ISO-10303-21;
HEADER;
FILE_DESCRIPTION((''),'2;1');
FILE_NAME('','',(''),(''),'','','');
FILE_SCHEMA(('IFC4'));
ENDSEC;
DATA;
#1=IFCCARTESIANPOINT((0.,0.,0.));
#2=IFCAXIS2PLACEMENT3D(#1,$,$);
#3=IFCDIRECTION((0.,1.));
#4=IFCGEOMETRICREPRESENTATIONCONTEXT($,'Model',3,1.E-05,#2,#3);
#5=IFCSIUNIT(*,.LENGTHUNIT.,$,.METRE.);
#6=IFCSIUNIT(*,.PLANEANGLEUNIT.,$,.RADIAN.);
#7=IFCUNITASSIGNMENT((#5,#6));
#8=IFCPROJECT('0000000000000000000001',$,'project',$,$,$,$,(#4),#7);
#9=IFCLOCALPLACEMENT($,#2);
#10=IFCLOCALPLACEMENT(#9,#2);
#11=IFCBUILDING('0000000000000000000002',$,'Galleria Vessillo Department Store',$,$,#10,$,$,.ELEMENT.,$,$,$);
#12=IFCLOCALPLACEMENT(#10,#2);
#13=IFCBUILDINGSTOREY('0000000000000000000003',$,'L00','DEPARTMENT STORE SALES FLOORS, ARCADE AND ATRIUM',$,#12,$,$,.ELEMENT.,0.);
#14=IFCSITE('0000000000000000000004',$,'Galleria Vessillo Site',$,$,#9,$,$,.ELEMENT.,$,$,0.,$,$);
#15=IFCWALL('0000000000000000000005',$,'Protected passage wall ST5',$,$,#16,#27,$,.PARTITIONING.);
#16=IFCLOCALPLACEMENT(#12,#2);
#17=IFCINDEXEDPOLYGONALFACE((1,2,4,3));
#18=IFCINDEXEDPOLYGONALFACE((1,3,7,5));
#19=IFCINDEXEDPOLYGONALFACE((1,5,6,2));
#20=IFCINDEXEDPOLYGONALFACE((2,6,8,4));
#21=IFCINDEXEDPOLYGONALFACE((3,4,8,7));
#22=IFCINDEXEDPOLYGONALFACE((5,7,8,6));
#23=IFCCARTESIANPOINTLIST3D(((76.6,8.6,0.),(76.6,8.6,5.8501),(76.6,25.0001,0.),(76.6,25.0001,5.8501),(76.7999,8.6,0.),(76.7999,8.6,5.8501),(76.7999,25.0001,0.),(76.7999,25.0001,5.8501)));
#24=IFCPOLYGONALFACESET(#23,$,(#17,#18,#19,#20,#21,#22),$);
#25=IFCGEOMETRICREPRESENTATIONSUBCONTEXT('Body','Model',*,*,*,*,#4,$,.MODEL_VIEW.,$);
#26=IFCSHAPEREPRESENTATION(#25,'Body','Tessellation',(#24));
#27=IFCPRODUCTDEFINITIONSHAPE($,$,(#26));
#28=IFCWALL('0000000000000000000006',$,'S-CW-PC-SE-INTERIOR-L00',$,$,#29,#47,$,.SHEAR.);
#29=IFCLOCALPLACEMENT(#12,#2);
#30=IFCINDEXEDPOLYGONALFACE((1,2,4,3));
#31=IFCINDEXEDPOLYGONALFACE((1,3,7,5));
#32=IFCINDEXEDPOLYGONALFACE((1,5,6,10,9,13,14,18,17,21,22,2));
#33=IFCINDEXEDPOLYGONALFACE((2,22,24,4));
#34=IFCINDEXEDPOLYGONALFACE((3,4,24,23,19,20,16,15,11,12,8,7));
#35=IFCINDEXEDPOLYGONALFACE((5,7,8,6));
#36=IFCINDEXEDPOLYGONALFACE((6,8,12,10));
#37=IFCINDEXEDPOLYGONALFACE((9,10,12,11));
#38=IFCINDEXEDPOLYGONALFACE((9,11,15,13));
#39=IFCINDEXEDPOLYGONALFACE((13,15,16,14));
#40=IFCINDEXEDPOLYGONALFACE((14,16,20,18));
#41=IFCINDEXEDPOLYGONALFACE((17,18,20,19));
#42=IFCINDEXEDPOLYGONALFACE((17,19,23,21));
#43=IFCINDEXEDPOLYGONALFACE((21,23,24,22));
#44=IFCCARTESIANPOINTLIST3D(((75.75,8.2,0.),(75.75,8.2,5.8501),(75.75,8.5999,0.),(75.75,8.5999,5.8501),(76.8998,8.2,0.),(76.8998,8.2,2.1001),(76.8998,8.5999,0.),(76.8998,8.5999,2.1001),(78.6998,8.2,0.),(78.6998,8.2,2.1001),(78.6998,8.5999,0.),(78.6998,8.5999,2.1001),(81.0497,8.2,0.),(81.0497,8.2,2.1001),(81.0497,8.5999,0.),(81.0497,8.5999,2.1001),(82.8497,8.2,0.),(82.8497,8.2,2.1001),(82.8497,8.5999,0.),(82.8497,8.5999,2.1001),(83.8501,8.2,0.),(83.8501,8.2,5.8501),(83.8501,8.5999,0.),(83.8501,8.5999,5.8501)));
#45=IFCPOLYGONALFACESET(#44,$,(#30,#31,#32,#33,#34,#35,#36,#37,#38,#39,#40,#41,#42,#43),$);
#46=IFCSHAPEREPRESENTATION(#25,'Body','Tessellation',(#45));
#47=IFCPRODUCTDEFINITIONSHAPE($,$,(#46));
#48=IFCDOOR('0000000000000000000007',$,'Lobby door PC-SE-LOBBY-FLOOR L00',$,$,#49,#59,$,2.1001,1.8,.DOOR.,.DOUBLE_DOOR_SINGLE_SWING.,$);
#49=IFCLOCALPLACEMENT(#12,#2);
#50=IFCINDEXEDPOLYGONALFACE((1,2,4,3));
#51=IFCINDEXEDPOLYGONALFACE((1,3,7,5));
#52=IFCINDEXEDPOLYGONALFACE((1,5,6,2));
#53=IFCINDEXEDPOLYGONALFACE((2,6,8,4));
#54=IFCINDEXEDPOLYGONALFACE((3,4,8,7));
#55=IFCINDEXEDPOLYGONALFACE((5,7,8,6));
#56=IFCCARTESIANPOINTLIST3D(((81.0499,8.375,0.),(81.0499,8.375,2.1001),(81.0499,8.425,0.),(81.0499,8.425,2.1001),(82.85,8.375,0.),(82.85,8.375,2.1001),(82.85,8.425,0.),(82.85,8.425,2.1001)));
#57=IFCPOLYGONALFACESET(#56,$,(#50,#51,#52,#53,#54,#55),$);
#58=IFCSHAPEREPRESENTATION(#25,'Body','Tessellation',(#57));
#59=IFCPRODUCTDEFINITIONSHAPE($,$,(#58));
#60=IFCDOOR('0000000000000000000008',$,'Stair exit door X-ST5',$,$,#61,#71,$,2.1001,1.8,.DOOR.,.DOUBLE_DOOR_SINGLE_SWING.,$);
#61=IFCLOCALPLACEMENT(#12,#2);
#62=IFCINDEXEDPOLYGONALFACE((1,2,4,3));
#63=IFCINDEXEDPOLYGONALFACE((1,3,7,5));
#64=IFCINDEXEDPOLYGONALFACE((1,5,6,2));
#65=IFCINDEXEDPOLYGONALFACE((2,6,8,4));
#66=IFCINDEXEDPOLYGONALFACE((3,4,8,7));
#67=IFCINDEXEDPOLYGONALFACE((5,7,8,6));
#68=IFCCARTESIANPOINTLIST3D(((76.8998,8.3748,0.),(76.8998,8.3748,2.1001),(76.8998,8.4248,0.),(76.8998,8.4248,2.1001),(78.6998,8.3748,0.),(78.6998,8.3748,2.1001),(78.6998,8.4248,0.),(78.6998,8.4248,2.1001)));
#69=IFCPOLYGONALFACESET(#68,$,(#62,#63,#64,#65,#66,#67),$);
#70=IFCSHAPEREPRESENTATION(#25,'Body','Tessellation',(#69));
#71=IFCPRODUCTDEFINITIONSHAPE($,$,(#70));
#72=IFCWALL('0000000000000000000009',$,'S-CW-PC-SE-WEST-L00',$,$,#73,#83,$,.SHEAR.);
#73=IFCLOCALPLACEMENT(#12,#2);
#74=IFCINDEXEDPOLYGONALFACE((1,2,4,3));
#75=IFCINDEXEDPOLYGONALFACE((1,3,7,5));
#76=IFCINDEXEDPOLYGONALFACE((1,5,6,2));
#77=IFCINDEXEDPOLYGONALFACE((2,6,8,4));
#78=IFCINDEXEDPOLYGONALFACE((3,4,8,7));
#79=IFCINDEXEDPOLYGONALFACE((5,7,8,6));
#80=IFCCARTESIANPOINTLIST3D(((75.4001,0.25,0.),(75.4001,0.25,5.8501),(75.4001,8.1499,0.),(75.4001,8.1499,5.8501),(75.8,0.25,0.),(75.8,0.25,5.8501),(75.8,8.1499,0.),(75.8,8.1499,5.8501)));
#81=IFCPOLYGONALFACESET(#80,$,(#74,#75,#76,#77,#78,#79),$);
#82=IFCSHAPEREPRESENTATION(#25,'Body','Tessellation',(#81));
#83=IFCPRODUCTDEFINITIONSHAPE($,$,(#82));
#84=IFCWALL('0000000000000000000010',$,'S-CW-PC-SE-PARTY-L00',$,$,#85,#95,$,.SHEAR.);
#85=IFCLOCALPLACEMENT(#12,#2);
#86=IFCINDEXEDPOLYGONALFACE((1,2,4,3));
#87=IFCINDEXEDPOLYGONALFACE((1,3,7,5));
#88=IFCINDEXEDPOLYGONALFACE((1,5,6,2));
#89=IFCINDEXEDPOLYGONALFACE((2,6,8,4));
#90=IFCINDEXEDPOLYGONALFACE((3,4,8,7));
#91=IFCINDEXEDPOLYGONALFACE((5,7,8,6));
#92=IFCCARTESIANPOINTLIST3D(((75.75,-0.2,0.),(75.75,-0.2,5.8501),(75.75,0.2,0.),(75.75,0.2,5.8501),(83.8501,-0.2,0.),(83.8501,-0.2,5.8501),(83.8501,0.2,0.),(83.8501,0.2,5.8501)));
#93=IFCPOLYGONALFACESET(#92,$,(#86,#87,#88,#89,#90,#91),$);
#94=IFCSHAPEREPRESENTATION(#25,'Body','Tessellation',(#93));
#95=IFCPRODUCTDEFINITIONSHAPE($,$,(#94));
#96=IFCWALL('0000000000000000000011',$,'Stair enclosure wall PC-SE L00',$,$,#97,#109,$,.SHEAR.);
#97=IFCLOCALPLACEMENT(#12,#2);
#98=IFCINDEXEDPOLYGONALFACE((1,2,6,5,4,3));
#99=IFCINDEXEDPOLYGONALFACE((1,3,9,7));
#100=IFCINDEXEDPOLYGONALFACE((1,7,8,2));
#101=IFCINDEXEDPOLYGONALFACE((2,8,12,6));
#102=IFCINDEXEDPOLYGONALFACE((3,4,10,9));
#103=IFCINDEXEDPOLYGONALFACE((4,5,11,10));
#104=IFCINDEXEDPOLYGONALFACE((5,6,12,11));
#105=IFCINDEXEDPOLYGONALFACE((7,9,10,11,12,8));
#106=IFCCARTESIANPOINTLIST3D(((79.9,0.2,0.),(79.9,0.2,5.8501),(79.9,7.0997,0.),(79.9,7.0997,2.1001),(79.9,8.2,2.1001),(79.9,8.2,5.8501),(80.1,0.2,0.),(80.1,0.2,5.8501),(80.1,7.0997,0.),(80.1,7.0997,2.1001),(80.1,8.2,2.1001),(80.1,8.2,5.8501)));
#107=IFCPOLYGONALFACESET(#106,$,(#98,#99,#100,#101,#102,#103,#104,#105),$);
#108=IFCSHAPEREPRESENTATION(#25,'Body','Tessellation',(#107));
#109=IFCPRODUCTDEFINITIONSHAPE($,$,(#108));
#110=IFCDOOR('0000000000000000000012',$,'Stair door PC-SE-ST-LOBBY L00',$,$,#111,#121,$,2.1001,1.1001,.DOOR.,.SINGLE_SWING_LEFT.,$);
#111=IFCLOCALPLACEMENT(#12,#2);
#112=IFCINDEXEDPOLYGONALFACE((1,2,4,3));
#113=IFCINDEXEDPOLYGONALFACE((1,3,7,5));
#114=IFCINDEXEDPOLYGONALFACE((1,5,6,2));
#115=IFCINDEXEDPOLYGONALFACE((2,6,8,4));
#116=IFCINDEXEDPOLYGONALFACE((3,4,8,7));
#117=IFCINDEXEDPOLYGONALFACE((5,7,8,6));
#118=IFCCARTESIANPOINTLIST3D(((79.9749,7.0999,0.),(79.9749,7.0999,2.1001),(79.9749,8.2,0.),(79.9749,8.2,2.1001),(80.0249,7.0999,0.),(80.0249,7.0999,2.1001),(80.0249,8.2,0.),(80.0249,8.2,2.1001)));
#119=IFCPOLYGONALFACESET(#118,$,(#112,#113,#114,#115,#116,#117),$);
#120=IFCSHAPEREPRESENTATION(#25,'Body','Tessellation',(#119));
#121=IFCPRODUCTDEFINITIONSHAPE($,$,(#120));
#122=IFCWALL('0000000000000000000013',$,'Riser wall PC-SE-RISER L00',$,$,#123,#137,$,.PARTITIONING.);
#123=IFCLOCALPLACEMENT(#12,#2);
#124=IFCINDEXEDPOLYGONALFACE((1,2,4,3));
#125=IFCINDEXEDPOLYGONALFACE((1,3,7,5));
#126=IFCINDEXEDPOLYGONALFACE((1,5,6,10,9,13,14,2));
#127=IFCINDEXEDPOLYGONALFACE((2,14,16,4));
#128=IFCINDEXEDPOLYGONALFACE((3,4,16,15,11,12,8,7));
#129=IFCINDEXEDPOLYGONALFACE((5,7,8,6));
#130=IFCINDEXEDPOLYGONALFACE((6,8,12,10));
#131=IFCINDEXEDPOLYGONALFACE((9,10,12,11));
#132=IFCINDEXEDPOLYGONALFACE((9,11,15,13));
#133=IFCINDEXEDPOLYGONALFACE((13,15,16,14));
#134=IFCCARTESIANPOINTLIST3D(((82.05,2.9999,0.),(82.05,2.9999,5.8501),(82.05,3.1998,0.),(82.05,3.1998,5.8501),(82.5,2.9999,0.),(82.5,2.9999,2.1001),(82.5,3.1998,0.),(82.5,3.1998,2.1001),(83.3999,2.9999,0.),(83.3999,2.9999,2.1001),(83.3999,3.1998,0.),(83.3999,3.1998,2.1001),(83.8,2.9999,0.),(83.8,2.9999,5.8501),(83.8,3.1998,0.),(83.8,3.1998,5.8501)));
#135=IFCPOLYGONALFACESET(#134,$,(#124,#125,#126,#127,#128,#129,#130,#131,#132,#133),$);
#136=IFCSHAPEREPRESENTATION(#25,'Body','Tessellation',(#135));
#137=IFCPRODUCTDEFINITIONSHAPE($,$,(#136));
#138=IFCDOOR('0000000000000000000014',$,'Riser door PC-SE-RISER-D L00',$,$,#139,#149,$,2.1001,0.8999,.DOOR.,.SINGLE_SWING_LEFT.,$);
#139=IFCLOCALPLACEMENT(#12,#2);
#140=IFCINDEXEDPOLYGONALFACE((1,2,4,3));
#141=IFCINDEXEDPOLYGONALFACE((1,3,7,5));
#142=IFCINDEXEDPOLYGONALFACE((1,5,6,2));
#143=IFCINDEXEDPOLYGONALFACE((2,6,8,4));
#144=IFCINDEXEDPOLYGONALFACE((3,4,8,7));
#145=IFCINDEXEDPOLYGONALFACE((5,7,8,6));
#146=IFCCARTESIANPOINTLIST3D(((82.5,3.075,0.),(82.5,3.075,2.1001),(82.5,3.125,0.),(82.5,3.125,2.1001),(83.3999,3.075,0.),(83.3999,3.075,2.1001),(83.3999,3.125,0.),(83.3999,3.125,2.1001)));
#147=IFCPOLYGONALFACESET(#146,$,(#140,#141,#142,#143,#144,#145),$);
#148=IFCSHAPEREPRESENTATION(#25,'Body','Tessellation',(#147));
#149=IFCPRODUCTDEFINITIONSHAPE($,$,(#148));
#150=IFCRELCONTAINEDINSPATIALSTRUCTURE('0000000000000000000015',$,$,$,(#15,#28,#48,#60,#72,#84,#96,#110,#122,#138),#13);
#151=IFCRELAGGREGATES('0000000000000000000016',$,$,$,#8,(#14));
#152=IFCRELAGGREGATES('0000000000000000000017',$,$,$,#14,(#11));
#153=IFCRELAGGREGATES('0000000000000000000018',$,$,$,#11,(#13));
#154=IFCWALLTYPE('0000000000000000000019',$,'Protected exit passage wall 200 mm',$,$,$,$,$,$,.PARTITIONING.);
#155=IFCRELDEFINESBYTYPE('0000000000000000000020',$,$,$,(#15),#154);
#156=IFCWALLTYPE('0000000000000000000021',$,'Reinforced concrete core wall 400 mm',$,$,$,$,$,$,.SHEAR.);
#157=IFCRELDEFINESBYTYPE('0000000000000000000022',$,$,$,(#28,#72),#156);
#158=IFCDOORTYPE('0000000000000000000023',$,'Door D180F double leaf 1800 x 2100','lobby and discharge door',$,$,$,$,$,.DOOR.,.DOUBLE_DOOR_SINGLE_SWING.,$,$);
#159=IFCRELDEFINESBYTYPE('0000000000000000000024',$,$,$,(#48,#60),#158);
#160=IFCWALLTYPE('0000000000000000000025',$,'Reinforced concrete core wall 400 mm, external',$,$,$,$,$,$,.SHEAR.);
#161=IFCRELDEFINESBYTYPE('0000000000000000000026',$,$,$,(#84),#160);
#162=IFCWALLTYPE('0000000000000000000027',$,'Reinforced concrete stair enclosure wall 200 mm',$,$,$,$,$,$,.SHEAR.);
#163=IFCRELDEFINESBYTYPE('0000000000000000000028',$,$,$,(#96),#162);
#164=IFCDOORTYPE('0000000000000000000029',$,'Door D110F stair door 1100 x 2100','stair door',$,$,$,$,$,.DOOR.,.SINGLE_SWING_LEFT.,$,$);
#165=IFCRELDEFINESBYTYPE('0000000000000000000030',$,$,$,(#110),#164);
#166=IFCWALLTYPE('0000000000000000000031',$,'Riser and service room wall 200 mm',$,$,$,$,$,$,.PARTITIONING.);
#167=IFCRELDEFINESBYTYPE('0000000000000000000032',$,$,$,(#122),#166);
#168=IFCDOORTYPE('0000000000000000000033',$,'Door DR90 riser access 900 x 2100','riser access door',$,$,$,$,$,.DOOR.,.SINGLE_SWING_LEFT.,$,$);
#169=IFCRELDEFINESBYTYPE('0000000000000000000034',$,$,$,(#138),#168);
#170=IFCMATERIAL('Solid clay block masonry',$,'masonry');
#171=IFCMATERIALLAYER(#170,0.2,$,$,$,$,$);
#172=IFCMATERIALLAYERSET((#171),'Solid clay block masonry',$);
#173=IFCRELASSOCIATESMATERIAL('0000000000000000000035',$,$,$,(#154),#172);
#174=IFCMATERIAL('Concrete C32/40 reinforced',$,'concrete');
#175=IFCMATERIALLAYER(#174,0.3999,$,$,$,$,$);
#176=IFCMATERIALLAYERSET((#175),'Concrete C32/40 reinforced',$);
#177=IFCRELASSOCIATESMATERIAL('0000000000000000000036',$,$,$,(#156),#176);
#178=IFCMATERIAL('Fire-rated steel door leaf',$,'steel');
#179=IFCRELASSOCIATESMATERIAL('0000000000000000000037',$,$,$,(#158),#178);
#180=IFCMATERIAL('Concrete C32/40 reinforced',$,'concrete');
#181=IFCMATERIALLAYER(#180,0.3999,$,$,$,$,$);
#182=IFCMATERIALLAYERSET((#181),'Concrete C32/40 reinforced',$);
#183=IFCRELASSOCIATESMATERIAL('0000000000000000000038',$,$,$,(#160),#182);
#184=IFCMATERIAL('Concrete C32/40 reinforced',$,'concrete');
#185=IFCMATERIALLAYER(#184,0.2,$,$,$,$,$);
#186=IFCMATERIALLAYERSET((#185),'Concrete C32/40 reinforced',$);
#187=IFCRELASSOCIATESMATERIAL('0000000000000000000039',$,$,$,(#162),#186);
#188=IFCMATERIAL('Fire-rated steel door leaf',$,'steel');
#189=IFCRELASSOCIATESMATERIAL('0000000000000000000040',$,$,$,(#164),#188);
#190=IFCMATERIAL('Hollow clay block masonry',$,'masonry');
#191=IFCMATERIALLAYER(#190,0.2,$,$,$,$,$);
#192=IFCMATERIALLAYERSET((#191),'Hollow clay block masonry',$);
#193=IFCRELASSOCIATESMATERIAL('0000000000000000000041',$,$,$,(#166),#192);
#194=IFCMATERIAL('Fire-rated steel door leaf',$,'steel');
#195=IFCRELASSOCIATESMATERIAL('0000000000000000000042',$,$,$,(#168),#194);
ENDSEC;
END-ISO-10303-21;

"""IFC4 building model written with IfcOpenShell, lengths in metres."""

from ifc_helpers import new_model, si_unit, direction, frame, frame_2d, origin, place, context, subcontext, project, spatial, rectangle, extrude, material, layer, layer_set, type_object, element, fill, save


model = new_model("IFC4")

# Units and contexts
model_context = context("Model", 3, precision=1e-05, world=origin(), true_north=direction((0.0, 1.0)))
body_context = subcontext(model_context, "Body", "Model", "MODEL_VIEW")
ifc_project = project(units=[si_unit("LENGTHUNIT", "METRE"), si_unit("PLANEANGLEUNIT", "RADIAN")], contexts=[model_context])

# Site, building, storey
site_placement = place(None, origin())
site = spatial("IfcSite", under=ifc_project, at=site_placement, Name="Galleria Vessillo Site", CompositionType="ELEMENT", RefElevation=0.0)
building_placement = place(site_placement, origin())
building = spatial("IfcBuilding", under=site, at=building_placement, Name="Galleria Vessillo Department Store", CompositionType="ELEMENT")
storey_placement = place(building_placement, origin())
storey = spatial("IfcBuildingStorey", under=building, at=storey_placement, Name="L00", Description="DEPARTMENT STORE SALES FLOORS, ARCADE AND ATRIUM", CompositionType="ELEMENT", Elevation=0.0)

# Wall
ifc_material_1 = material(Name="Solid clay block masonry", Category="masonry")
ifc_layer_1 = layer(ifc_material_1, 0.2)
ifc_layer_set_1 = layer_set([ifc_layer_1], Name="Solid clay block masonry")
wall_type_1 = type_object("IfcWallType", Name="Protected exit passage wall 200 mm", PredefinedType="PARTITIONING", material=ifc_layer_set_1)
wall_1_placement = place(storey_placement, frame((76.7, 8.5999, 0.0), z_axis=(0.0, 0.0, 1.0), x_axis=(0.0, 1.0, 0.0)))
element("IfcWall", 1, at=wall_1_placement, inside=storey, type_object=wall_type_1, Name="Protected passage wall ST5", PredefinedType="PARTITIONING", context=body_context, shape_type="SweptSolid", body=[
    extrude(rectangle(XDim=16.4001, YDim=0.2, at=frame_2d((8.2002, 0.0))), origin(), (0.0, 0.0, 1.0), 5.8501),
])

# Wall, openings, doors
ifc_material_2 = material(Name="Concrete C32/40 reinforced", Category="concrete")
ifc_layer_2 = layer(ifc_material_2, 0.3999)
ifc_layer_set_2 = layer_set([ifc_layer_2], Name="Concrete C32/40 reinforced")
wall_type_2 = type_object("IfcWallType", Name="Reinforced concrete core wall 400 mm", PredefinedType="SHEAR", material=ifc_layer_set_2)
wall_2_placement = place(storey_placement, frame((75.75, 8.3999, 0.0), z_axis=(0.0, 0.0, 1.0), x_axis=(1.0, 0.0, 0.0)))
wall_2 = element("IfcWall", 2, at=wall_2_placement, inside=storey, type_object=wall_type_2, Name="S-CW-PC-SE-INTERIOR-L00", PredefinedType="SHEAR", context=body_context, shape_type="SweptSolid", body=[
    extrude(rectangle(XDim=8.1001, YDim=0.3999, at=frame_2d((4.05, 0.0))), origin(), (0.0, 0.0, 1.0), 5.8501),
])
opening_1_placement = place(wall_2_placement, frame((5.2998, 0.0, 0.0)))
opening_1 = element("IfcOpeningElement", 3, at=opening_1_placement, cuts=wall_2, PredefinedType="OPENING", context=body_context, shape_type="SweptSolid", body=[
    extrude(rectangle(XDim=1.8, YDim=2.1001, at=frame_2d((0.8999, 1.05))), frame((0.0, 0.21, 0.0), z_axis=(0.0, -1.0, 0.0), x_axis=(1.0, 0.0, 0.0)), (0.0, 0.0, 1.0), 0.4199),
])
opening_2_placement = place(wall_2_placement, frame((1.1499, 0.0, 0.0)))
opening_2 = element("IfcOpeningElement", 4, at=opening_2_placement, cuts=wall_2, PredefinedType="OPENING", context=body_context, shape_type="SweptSolid", body=[
    extrude(rectangle(XDim=1.8, YDim=2.1001, at=frame_2d((0.8999, 1.05))), frame((0.0, 0.21, 0.0), z_axis=(0.0, -1.0, 0.0), x_axis=(1.0, 0.0, 0.0)), (0.0, 0.0, 1.0), 0.4199),
])
ifc_material_3 = material(Name="Fire-rated steel door leaf", Category="steel")
door_type_1 = type_object("IfcDoorType", Name="Door D180F double leaf 1800 x 2100", Description="lobby and discharge door", OperationType="DOUBLE_DOOR_SINGLE_SWING", PredefinedType="DOOR", material=ifc_material_3)
door_1_placement = place(opening_1_placement, frame((1.8, 0.0, 0.0), z_axis=(0.0, 0.0, 1.0), x_axis=(-1.0, 0.0, 0.0)))
door_1 = element("IfcDoor", 5, at=door_1_placement, inside=storey, type_object=door_type_1, Name="Lobby door PC-SE-LOBBY-FLOOR L00", OperationType="DOUBLE_DOOR_SINGLE_SWING", OverallHeight=2.1001, OverallWidth=1.8, PredefinedType="DOOR", context=body_context, shape_type="SweptSolid", body=[
    extrude(rectangle(XDim=1.8, YDim=2.1001, at=frame_2d((0.8999, 1.05))), frame((0.0, 0.0249, 0.0), z_axis=(0.0, -1.0, 0.0), x_axis=(1.0, 0.0, 0.0)), (0.0, 0.0, 1.0), 0.05),
])
fill(opening_1, door_1)
door_2_placement = place(opening_2_placement, origin())
door_2 = element("IfcDoor", 6, at=door_2_placement, inside=storey, type_object=door_type_1, Name="Stair exit door X-ST5", OperationType="DOUBLE_DOOR_SINGLE_SWING", OverallHeight=2.1001, OverallWidth=1.8, PredefinedType="DOOR", context=body_context, shape_type="SweptSolid", body=[
    extrude(rectangle(XDim=1.8, YDim=2.1001, at=frame_2d((0.8999, 1.05))), frame((0.0, 0.0249, 0.0), z_axis=(0.0, -1.0, 0.0), x_axis=(1.0, 0.0, 0.0)), (0.0, 0.0, 1.0), 0.05),
])
fill(opening_2, door_2)

# Walls
wall_3_placement = place(storey_placement, frame((75.6001, 0.25, 0.0), z_axis=(0.0, 0.0, 1.0), x_axis=(0.0, 1.0, 0.0)))
element("IfcWall", 7, at=wall_3_placement, inside=storey, type_object=wall_type_2, Name="S-CW-PC-SE-WEST-L00", PredefinedType="SHEAR", context=body_context, shape_type="SweptSolid", body=[
    extrude(rectangle(XDim=7.8999, YDim=0.3999, at=frame_2d((3.95, 0.0))), origin(), (0.0, 0.0, 1.0), 5.8501),
])
ifc_material_4 = material(Name="Concrete C32/40 reinforced", Category="concrete")
ifc_layer_3 = layer(ifc_material_4, 0.3999)
ifc_layer_set_3 = layer_set([ifc_layer_3], Name="Concrete C32/40 reinforced")
wall_type_3 = type_object("IfcWallType", Name="Reinforced concrete core wall 400 mm, external", PredefinedType="SHEAR", material=ifc_layer_set_3)
wall_4_placement = place(storey_placement, frame((75.75, 0.0, 0.0), z_axis=(0.0, 0.0, 1.0), x_axis=(1.0, 0.0, 0.0)))
element("IfcWall", 8, at=wall_4_placement, inside=storey, type_object=wall_type_3, Name="S-CW-PC-SE-PARTY-L00", PredefinedType="SHEAR", context=body_context, shape_type="SweptSolid", body=[
    extrude(rectangle(XDim=8.1001, YDim=0.3999, at=frame_2d((4.05, 0.0))), origin(), (0.0, 0.0, 1.0), 5.8501),
])

# Walls, openings, doors
ifc_material_5 = material(Name="Concrete C32/40 reinforced", Category="concrete")
ifc_layer_4 = layer(ifc_material_5, 0.2)
ifc_layer_set_4 = layer_set([ifc_layer_4], Name="Concrete C32/40 reinforced")
wall_type_4 = type_object("IfcWallType", Name="Reinforced concrete stair enclosure wall 200 mm", PredefinedType="SHEAR", material=ifc_layer_set_4)
wall_5_placement = place(storey_placement, frame((80.0, 0.2, 0.0), z_axis=(0.0, 0.0, 1.0), x_axis=(0.0, 1.0, 0.0)))
wall_5 = element("IfcWall", 9, at=wall_5_placement, inside=storey, type_object=wall_type_4, Name="Stair enclosure wall PC-SE L00", PredefinedType="SHEAR", context=body_context, shape_type="SweptSolid", body=[
    extrude(rectangle(XDim=8.0, YDim=0.2, at=frame_2d((4.0, 0.0))), origin(), (0.0, 0.0, 1.0), 5.8501),
])
opening_3_placement = place(wall_5_placement, frame((6.8999, 0.0, 0.0)))
opening_3 = element("IfcOpeningElement", 10, at=opening_3_placement, cuts=wall_5, PredefinedType="OPENING", context=body_context, shape_type="SweptSolid", body=[
    extrude(rectangle(XDim=1.1101, YDim=2.1001, at=frame_2d((0.5549, 1.05))), frame((0.0, 0.1099, 0.0), z_axis=(0.0, -1.0, 0.0), x_axis=(1.0, 0.0, 0.0)), (0.0, 0.0, 1.0), 0.22),
])
ifc_material_6 = material(Name="Fire-rated steel door leaf", Category="steel")
door_type_2 = type_object("IfcDoorType", Name="Door D110F stair door 1100 x 2100", Description="stair door", OperationType="SINGLE_SWING_LEFT", PredefinedType="DOOR", material=ifc_material_6)
door_3_placement = place(opening_3_placement, frame((1.1001, 0.0, 0.0), z_axis=(0.0, 0.0, 1.0), x_axis=(-1.0, 0.0, 0.0)))
door_3 = element("IfcDoor", 11, at=door_3_placement, inside=storey, type_object=door_type_2, Name="Stair door PC-SE-ST-LOBBY L00", OperationType="SINGLE_SWING_LEFT", OverallHeight=2.1001, OverallWidth=1.1001, PredefinedType="DOOR", context=body_context, shape_type="SweptSolid", body=[
    extrude(rectangle(XDim=1.1001, YDim=2.1001, at=frame_2d((0.55, 1.05))), frame((0.0, 0.0249, 0.0), z_axis=(0.0, -1.0, 0.0), x_axis=(1.0, 0.0, 0.0)), (0.0, 0.0, 1.0), 0.05),
])
fill(opening_3, door_3)
ifc_material_7 = material(Name="Hollow clay block masonry", Category="masonry")
ifc_layer_5 = layer(ifc_material_7, 0.2)
ifc_layer_set_5 = layer_set([ifc_layer_5], Name="Hollow clay block masonry")
wall_type_5 = type_object("IfcWallType", Name="Riser and service room wall 200 mm", PredefinedType="PARTITIONING", material=ifc_layer_set_5)
wall_6_placement = place(storey_placement, frame((82.05, 3.0999, 0.0), z_axis=(0.0, 0.0, 1.0), x_axis=(1.0, 0.0, 0.0)))
wall_6 = element("IfcWall", 12, at=wall_6_placement, inside=storey, type_object=wall_type_5, Name="Riser wall PC-SE-RISER L00", PredefinedType="PARTITIONING", context=body_context, shape_type="SweptSolid", body=[
    extrude(rectangle(XDim=1.75, YDim=0.2, at=frame_2d((0.875, 0.0))), origin(), (0.0, 0.0, 1.0), 5.8501),
])
opening_4_placement = place(wall_6_placement, frame((0.45, 0.0, 0.0)))
opening_4 = element("IfcOpeningElement", 13, at=opening_4_placement, cuts=wall_6, PredefinedType="OPENING", context=body_context, shape_type="SweptSolid", body=[
    extrude(rectangle(XDim=0.8999, YDim=2.1001, at=frame_2d((0.45, 1.05))), frame((0.0, 0.1099, 0.0), z_axis=(0.0, -1.0, 0.0), x_axis=(1.0, 0.0, 0.0)), (0.0, 0.0, 1.0), 0.22),
])
ifc_material_8 = material(Name="Fire-rated steel door leaf", Category="steel")
door_type_3 = type_object("IfcDoorType", Name="Door DR90 riser access 900 x 2100", Description="riser access door", OperationType="SINGLE_SWING_LEFT", PredefinedType="DOOR", material=ifc_material_8)
door_4_placement = place(opening_4_placement, frame((0.8999, 0.0, 0.0), z_axis=(0.0, 0.0, 1.0), x_axis=(-1.0, 0.0, 0.0)))
door_4 = element("IfcDoor", 14, at=door_4_placement, inside=storey, type_object=door_type_3, Name="Riser door PC-SE-RISER-D L00", OperationType="SINGLE_SWING_LEFT", OverallHeight=2.1001, OverallWidth=0.8999, PredefinedType="DOOR", context=body_context, shape_type="SweptSolid", body=[
    extrude(rectangle(XDim=0.8999, YDim=2.1001, at=frame_2d((0.45, 1.05))), frame((0.0, 0.0249, 0.0), z_axis=(0.0, -1.0, 0.0), x_axis=(1.0, 0.0, 0.0)), (0.0, 0.0, 1.0), 0.05),
])
fill(opening_4, door_4)

save(model, "model.ifc")
